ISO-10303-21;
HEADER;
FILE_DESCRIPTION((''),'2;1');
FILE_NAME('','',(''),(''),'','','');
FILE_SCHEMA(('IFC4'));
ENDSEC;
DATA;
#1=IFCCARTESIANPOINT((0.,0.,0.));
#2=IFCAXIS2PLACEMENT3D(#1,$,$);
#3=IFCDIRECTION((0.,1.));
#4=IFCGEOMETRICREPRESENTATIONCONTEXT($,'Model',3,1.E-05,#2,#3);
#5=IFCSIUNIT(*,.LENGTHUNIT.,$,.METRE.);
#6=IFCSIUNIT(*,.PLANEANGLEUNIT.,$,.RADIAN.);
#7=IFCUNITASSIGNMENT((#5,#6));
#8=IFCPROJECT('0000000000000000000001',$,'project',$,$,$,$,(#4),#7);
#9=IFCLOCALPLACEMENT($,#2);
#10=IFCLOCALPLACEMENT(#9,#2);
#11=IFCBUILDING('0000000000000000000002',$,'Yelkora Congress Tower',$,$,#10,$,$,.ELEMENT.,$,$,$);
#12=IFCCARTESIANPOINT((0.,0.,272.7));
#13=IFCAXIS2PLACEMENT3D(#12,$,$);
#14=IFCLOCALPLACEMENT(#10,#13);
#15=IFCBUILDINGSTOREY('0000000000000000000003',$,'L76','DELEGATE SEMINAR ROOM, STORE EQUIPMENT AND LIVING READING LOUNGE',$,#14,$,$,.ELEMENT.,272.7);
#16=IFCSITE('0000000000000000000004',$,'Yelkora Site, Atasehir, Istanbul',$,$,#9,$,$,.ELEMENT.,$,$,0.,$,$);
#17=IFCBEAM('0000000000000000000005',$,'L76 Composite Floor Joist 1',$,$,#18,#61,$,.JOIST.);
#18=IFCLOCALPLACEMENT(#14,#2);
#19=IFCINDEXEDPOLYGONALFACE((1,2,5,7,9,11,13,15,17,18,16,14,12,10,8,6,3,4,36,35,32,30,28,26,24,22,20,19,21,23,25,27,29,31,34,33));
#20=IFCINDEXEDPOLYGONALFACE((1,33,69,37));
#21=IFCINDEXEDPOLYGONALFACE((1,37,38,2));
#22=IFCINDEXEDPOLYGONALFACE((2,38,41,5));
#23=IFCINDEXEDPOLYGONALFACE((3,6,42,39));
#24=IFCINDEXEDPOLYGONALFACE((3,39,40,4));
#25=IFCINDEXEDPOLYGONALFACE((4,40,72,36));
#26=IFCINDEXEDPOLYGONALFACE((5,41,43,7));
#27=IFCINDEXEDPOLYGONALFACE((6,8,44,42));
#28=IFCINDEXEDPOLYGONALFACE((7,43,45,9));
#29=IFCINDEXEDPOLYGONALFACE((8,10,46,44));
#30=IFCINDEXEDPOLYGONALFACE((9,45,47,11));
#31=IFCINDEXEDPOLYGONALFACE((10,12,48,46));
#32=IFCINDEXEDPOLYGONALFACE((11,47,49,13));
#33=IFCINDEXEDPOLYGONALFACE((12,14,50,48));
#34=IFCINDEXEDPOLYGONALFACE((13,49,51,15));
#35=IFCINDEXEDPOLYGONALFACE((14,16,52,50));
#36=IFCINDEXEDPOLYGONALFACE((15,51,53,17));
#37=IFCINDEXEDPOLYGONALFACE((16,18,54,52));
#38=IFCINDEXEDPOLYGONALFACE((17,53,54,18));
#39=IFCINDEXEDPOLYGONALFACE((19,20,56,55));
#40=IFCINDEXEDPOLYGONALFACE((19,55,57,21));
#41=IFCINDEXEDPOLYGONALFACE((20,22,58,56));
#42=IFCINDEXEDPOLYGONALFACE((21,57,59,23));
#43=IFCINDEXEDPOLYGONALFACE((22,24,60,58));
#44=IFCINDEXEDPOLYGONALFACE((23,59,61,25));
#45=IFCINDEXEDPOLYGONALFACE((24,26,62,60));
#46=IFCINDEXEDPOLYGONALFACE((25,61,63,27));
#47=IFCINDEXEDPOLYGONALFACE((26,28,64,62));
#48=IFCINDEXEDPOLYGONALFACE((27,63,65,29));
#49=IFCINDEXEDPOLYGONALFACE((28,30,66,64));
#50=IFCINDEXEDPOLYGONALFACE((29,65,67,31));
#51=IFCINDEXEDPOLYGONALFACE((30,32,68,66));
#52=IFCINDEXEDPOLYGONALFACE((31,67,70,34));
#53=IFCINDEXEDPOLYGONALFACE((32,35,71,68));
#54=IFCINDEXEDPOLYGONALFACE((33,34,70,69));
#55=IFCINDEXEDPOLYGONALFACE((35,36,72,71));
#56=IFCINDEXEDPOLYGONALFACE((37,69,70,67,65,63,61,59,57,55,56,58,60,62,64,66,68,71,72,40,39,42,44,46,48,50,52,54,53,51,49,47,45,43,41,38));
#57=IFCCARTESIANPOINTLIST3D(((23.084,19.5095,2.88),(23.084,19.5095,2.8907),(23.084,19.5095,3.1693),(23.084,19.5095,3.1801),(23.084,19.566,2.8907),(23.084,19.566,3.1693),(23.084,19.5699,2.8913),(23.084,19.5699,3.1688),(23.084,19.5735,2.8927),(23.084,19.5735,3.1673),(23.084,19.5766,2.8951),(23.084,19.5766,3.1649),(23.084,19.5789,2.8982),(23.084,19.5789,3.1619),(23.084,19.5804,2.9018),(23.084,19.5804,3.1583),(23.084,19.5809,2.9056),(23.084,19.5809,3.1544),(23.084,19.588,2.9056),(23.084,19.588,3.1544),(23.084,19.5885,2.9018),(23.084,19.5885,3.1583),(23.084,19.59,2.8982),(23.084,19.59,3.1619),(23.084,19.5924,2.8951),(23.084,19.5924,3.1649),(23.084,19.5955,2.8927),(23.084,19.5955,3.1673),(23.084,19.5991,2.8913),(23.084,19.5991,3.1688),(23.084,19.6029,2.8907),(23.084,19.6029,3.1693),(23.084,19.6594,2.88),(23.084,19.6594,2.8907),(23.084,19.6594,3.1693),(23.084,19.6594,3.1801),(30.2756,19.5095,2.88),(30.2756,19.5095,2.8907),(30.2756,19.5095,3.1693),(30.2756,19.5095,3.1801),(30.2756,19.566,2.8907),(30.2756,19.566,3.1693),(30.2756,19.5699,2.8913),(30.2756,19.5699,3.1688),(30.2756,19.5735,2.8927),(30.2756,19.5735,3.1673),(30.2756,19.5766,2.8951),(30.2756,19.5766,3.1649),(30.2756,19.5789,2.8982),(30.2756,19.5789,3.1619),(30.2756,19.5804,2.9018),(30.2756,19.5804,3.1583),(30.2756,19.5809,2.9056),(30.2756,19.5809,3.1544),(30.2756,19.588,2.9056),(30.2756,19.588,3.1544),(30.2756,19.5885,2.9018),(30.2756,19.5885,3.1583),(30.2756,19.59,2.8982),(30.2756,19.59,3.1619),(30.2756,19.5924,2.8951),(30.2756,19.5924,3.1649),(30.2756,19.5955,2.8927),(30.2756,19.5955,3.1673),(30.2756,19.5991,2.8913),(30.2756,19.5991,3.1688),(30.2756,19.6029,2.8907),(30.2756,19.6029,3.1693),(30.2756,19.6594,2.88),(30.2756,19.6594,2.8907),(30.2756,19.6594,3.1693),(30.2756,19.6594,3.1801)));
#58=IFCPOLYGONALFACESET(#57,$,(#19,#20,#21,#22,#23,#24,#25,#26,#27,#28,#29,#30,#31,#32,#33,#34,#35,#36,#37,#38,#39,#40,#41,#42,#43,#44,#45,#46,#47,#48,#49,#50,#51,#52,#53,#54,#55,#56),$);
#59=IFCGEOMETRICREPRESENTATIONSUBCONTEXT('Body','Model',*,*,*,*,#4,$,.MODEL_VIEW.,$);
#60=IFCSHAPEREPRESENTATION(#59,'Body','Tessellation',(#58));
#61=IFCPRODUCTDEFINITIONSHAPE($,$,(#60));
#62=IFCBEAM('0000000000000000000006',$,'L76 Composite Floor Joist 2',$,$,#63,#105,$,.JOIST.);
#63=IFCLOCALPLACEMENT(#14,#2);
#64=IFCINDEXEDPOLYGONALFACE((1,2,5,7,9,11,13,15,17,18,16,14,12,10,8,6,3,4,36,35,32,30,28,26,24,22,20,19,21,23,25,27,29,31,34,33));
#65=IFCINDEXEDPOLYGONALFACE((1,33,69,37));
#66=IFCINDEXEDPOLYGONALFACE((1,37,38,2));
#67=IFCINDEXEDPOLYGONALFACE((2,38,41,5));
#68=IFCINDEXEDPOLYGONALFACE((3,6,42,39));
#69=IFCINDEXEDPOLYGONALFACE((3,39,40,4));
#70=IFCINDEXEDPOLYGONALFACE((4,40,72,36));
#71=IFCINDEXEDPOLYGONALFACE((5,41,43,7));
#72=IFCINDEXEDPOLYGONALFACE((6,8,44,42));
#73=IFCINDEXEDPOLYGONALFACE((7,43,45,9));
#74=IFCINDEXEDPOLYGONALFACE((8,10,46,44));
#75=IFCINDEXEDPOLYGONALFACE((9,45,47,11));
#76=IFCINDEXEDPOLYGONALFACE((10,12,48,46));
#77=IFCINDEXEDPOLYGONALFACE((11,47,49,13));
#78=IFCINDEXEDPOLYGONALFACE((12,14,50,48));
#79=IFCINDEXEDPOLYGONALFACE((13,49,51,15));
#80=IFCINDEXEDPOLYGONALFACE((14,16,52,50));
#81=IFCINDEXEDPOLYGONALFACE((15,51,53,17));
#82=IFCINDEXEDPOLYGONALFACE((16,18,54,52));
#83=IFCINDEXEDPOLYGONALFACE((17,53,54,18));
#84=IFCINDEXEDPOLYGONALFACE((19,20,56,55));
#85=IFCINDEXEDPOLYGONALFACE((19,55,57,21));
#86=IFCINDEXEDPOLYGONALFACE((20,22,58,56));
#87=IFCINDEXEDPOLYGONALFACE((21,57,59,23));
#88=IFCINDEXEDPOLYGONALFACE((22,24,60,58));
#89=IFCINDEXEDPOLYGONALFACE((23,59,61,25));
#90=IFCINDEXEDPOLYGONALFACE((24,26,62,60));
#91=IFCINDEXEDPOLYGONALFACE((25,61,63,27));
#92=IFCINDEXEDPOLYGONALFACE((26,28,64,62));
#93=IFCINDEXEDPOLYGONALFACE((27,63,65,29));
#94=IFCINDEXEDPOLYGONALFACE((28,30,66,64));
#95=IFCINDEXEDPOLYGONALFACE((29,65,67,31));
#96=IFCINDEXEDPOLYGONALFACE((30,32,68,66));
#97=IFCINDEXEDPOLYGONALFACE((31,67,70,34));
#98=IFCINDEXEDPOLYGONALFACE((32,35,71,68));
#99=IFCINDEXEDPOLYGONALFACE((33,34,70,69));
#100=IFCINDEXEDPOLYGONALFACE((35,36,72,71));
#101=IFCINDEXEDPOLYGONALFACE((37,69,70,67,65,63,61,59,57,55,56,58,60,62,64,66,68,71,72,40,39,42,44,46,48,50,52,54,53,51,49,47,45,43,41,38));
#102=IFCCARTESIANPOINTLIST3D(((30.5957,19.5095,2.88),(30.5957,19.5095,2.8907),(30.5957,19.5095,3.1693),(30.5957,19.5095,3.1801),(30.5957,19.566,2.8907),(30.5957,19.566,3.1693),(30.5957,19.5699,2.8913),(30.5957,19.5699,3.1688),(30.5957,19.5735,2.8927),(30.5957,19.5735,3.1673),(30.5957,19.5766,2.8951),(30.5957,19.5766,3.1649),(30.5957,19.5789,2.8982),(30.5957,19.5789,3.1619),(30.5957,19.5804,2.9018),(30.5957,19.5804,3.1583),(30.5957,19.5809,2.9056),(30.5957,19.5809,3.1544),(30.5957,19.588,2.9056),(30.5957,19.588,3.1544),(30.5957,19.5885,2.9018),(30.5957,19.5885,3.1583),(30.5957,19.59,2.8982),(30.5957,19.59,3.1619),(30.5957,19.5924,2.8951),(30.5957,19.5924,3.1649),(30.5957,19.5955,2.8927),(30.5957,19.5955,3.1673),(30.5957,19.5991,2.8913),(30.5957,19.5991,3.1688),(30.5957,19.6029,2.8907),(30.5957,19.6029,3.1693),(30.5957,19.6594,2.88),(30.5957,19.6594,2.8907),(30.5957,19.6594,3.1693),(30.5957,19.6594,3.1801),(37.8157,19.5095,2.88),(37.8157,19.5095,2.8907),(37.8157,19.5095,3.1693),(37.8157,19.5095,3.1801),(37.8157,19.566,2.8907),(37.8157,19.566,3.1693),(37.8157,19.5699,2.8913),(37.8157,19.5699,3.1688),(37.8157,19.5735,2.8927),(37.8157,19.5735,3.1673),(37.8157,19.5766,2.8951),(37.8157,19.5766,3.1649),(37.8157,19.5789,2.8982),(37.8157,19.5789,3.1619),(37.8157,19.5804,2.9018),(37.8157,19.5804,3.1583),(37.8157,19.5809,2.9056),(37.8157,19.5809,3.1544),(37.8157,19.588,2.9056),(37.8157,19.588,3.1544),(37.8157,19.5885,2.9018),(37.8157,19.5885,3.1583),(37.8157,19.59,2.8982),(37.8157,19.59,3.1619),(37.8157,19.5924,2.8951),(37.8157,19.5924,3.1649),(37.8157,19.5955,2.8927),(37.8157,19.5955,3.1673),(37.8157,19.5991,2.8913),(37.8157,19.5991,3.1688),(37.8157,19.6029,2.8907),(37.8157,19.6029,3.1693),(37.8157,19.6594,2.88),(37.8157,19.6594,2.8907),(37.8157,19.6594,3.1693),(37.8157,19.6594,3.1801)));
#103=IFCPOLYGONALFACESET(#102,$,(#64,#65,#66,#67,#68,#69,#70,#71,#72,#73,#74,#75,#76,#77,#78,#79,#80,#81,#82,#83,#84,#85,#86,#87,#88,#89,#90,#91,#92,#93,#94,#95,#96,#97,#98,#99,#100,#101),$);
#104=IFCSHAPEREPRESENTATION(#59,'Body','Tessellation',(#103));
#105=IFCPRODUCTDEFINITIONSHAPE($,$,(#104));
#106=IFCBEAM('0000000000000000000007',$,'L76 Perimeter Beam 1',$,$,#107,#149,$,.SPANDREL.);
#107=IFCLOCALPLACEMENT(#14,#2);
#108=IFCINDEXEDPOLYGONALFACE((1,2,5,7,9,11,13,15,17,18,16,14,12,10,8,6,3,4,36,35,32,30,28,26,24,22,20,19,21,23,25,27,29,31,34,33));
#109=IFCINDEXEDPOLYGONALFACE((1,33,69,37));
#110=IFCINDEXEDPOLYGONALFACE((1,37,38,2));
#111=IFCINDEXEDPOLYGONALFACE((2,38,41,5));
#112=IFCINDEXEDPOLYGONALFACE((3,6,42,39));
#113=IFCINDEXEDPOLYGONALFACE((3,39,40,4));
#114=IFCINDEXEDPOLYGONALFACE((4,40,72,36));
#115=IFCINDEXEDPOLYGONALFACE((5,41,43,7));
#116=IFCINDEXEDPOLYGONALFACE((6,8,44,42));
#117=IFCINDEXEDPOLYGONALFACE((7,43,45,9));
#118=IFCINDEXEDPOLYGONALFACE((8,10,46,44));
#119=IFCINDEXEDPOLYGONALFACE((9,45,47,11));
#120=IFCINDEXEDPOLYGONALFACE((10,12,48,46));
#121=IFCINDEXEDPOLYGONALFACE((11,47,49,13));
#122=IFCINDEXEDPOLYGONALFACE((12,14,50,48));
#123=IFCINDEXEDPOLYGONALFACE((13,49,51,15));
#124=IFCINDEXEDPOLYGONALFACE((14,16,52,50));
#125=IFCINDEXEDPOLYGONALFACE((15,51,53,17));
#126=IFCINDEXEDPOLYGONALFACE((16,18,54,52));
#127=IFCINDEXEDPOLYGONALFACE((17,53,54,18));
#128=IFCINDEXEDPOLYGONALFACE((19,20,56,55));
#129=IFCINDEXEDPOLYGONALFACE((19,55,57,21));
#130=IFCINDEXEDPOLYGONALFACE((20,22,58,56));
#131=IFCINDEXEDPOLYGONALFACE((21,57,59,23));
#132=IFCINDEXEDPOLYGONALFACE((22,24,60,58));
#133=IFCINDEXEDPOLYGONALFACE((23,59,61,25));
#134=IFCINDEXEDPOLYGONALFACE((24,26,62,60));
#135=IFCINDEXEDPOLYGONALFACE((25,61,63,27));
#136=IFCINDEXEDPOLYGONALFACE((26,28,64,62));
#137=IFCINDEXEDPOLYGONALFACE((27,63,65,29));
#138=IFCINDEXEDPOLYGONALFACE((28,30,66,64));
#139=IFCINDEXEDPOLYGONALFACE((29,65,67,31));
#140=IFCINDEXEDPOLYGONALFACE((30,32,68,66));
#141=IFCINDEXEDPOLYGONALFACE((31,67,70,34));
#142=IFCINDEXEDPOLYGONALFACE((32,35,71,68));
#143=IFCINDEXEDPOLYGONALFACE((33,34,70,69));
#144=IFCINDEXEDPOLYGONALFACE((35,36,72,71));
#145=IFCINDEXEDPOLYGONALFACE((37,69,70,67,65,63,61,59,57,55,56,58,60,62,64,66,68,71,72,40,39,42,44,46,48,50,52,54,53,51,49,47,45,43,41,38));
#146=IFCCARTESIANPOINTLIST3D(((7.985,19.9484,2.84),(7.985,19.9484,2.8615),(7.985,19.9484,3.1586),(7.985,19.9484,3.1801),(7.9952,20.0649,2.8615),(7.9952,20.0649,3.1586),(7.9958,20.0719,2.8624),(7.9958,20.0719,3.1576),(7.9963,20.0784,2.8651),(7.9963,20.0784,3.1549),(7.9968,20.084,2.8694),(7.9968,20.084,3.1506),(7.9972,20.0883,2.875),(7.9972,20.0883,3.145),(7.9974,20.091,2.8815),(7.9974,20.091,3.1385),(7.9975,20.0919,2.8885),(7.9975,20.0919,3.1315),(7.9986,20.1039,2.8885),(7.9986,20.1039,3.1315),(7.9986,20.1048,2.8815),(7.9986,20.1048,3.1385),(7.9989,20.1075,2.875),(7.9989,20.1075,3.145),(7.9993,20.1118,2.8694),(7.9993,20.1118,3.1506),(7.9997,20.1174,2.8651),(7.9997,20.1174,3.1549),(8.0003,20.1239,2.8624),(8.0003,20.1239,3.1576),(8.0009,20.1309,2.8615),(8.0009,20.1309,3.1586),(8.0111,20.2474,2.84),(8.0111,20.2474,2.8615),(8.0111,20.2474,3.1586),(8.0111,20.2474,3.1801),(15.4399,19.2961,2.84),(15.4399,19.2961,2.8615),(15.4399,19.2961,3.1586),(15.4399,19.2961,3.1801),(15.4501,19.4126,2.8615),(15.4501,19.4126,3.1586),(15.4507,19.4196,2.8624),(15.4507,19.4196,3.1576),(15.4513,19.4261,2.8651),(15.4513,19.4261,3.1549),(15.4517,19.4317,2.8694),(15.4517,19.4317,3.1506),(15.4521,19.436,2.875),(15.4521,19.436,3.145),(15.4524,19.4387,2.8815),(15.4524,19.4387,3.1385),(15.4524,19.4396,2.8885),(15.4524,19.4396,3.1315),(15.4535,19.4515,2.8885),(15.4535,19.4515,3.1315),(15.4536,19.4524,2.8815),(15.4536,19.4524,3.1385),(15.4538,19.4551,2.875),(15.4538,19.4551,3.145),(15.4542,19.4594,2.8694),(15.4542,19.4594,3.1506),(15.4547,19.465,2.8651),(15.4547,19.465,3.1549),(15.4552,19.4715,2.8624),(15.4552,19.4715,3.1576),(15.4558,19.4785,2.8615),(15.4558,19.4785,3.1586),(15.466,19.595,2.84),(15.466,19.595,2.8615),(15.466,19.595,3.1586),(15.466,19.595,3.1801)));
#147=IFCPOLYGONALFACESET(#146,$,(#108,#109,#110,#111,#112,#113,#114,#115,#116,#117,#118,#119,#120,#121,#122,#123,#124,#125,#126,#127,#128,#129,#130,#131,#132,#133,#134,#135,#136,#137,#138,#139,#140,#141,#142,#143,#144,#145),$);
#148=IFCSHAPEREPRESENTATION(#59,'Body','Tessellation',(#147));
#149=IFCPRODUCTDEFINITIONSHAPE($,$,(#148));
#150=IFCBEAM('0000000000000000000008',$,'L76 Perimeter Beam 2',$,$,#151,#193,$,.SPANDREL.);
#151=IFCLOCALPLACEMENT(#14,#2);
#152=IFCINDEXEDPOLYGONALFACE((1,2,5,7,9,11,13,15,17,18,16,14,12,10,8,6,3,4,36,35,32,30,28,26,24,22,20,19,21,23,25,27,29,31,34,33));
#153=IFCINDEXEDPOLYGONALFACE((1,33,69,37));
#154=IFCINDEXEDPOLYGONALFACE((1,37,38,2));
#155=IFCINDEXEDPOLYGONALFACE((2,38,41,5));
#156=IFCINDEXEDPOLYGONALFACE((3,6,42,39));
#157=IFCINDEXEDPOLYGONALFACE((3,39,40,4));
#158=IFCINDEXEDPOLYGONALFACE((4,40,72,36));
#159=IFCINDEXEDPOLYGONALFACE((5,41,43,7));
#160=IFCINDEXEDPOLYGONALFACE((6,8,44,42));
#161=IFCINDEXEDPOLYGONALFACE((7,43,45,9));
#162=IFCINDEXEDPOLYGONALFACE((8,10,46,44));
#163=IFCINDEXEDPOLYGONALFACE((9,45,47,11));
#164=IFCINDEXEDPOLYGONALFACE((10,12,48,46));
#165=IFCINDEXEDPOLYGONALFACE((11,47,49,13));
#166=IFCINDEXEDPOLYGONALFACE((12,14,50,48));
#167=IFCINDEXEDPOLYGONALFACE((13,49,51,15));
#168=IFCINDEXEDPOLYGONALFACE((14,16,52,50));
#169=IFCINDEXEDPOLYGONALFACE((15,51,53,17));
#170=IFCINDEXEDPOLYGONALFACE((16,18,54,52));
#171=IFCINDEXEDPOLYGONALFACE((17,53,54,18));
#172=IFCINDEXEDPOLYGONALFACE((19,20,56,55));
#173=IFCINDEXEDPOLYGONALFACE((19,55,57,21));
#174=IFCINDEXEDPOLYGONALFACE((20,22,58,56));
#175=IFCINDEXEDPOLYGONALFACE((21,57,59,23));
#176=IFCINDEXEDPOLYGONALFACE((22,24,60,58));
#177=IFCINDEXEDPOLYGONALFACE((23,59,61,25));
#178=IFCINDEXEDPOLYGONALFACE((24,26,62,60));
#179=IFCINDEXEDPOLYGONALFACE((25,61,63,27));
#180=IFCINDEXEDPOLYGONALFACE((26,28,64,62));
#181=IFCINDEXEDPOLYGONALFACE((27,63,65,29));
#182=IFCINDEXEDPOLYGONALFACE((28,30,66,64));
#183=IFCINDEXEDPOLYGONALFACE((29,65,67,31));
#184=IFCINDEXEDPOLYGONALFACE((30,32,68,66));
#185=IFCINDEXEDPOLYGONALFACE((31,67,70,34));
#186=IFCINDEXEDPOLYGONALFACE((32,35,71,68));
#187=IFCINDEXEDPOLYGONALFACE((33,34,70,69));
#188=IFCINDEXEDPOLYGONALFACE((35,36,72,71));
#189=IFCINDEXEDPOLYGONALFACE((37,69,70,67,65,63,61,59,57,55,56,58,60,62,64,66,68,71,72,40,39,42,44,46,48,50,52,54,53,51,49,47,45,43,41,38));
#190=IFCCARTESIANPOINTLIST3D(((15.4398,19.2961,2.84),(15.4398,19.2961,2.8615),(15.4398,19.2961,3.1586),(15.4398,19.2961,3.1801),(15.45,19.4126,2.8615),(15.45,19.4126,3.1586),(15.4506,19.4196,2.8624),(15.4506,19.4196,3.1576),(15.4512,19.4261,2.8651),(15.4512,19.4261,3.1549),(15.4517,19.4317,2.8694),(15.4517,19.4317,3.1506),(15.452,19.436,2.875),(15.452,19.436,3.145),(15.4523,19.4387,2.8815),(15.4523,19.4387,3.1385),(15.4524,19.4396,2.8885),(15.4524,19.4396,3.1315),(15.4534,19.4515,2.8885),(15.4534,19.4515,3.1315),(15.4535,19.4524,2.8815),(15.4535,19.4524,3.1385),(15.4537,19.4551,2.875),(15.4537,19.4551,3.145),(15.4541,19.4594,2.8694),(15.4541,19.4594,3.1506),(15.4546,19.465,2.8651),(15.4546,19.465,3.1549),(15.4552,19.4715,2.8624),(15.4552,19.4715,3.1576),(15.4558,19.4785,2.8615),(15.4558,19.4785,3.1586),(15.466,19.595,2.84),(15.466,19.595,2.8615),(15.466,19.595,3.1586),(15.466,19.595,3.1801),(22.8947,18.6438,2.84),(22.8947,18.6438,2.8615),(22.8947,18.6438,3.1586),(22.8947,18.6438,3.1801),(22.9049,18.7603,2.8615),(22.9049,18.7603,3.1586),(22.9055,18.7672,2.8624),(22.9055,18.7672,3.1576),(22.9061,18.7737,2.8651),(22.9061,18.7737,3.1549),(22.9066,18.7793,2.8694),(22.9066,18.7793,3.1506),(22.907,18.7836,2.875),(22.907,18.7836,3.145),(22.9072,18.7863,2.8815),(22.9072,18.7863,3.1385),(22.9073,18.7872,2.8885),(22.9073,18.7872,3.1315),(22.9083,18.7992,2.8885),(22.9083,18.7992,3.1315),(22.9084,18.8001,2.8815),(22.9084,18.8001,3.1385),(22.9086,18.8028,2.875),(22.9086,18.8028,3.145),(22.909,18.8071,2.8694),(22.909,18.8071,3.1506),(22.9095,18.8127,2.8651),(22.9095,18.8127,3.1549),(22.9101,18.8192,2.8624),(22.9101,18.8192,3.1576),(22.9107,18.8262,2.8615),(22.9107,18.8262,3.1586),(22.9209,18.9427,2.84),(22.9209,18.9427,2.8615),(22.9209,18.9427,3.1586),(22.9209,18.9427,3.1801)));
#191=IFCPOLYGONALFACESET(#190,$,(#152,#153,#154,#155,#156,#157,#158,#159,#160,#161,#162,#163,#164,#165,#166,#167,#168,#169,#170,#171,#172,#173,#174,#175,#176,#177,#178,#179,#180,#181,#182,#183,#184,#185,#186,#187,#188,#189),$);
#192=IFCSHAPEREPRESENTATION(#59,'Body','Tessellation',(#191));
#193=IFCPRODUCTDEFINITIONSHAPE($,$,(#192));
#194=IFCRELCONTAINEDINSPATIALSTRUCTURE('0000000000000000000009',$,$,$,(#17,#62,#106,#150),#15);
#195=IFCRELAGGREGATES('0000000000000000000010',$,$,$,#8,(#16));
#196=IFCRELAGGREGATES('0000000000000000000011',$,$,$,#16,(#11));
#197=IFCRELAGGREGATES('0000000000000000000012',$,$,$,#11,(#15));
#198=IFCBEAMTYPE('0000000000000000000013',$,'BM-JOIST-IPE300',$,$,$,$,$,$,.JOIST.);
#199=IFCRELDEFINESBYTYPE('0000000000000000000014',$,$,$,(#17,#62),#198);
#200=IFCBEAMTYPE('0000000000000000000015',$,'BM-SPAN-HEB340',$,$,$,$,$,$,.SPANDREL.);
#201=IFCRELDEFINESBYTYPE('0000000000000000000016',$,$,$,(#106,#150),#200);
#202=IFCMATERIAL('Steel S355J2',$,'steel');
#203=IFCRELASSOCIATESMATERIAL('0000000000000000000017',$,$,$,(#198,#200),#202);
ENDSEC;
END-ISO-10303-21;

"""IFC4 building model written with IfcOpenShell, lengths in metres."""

from ifc_helpers import new_model, si_unit, direction, frame, origin, origin_2d, place, context, subcontext, project, spatial, i_section, extrude, material, material_profile, profile_set, type_object, element, save


model = new_model("IFC4")

# Units and contexts
model_context = context("Model", 3, precision=1e-05, world=origin(), true_north=direction((0.0, 1.0)))
body_context = subcontext(model_context, "Body", "Model", "MODEL_VIEW")
ifc_project = project(units=[si_unit("LENGTHUNIT", "METRE"), si_unit("PLANEANGLEUNIT", "RADIAN")], contexts=[model_context])

# Site, building, storey
site_placement = place(None, origin())
site = spatial("IfcSite", under=ifc_project, at=site_placement, Name="Yelkora Site, Atasehir, Istanbul", CompositionType="ELEMENT", RefElevation=0.0)
building_placement = place(site_placement, origin())
building = spatial("IfcBuilding", under=site, at=building_placement, Name="Yelkora Congress Tower", CompositionType="ELEMENT")
storey_placement = place(building_placement, frame((0.0, 0.0, 272.7)))
storey = spatial("IfcBuildingStorey", under=building, at=storey_placement, Name="L76", Description="DELEGATE SEMINAR ROOM, STORE EQUIPMENT AND LIVING READING LOUNGE", CompositionType="ELEMENT", Elevation=272.7)

# Shared definitions
ifc_material_1 = material(Name="Steel S355J2", Category="steel")

# Beams
ifc_material_profile_1 = material_profile(ifc_material_1, i_section(OverallWidth=0.1499, OverallDepth=0.3, WebThickness=0.0071, FlangeThickness=0.0107, FilletRadius=0.0149, at=origin_2d()), Name="IPE 300")
ifc_profile_set_1 = profile_set([ifc_material_profile_1], Name="Steel S355J2")
beam_type_1 = type_object("IfcBeamType", Name="BM-JOIST-IPE300", PredefinedType="JOIST", material=ifc_profile_set_1)
beam_1_placement = place(storey_placement, frame((23.084, 19.5845, 3.03), z_axis=(1.0, 0.0, 0.0), x_axis=(0.0, 1.0, 0.0)))
element("IfcBeam", 1, at=beam_1_placement, inside=storey, type_object=beam_type_1, Name="L76 Composite Floor Joist 1", PredefinedType="JOIST", context=body_context, shape_type="SweptSolid", body=[
    extrude(i_section(OverallWidth=0.1499, OverallDepth=0.3, WebThickness=0.0071, FlangeThickness=0.0107, FilletRadius=0.0149, at=origin_2d()), origin(), (0.0, 0.0, 1.0), 7.1917),
])
beam_2_placement = place(storey_placement, frame((30.5957, 19.5845, 3.03), z_axis=(1.0, 0.0, 0.0), x_axis=(0.0, 1.0, 0.0)))
element("IfcBeam", 2, at=beam_2_placement, inside=storey, type_object=beam_type_1, Name="L76 Composite Floor Joist 2", PredefinedType="JOIST", context=body_context, shape_type="SweptSolid", body=[
    extrude(i_section(OverallWidth=0.1499, OverallDepth=0.3, WebThickness=0.0071, FlangeThickness=0.0107, FilletRadius=0.0149, at=origin_2d()), origin(), (0.0, 0.0, 1.0), 7.22),
])
ifc_material_profile_2 = material_profile(ifc_material_1, i_section(OverallWidth=0.3, OverallDepth=0.3401, WebThickness=0.012, FlangeThickness=0.0215, FilletRadius=0.0271, at=origin_2d()), Name="HEB 340")
ifc_profile_set_2 = profile_set([ifc_material_profile_2], Name="Steel S355J2")
beam_type_2 = type_object("IfcBeamType", Name="BM-SPAN-HEB340", PredefinedType="SPANDREL", material=ifc_profile_set_2)
for number, where, z_axis, x_axis, name in (
    (3, (7.998, 20.0979, 3.01), (0.996193, -0.087173, 0.0), (0.087173, 0.996193, 0.0), "L76 Perimeter Beam 1"),
    (4, (15.4529, 19.4456, 3.01), (0.996193, -0.087173, 0.0), (0.087173, 0.996193, 0.0), "L76 Perimeter Beam 2"),
):
    element("IfcBeam", number, at=place(storey_placement, frame(where, z_axis=z_axis, x_axis=x_axis)), inside=storey, type_object=beam_type_2, Name=name, PredefinedType="SPANDREL", context=body_context, shape_type="SweptSolid", body=[
        extrude(i_section(OverallWidth=0.3, OverallDepth=0.3401, WebThickness=0.012, FlangeThickness=0.0215, FilletRadius=0.0271, at=origin_2d()), origin(), (0.0, 0.0, 1.0), 7.4834),
    ])

save(model, "model.ifc")
